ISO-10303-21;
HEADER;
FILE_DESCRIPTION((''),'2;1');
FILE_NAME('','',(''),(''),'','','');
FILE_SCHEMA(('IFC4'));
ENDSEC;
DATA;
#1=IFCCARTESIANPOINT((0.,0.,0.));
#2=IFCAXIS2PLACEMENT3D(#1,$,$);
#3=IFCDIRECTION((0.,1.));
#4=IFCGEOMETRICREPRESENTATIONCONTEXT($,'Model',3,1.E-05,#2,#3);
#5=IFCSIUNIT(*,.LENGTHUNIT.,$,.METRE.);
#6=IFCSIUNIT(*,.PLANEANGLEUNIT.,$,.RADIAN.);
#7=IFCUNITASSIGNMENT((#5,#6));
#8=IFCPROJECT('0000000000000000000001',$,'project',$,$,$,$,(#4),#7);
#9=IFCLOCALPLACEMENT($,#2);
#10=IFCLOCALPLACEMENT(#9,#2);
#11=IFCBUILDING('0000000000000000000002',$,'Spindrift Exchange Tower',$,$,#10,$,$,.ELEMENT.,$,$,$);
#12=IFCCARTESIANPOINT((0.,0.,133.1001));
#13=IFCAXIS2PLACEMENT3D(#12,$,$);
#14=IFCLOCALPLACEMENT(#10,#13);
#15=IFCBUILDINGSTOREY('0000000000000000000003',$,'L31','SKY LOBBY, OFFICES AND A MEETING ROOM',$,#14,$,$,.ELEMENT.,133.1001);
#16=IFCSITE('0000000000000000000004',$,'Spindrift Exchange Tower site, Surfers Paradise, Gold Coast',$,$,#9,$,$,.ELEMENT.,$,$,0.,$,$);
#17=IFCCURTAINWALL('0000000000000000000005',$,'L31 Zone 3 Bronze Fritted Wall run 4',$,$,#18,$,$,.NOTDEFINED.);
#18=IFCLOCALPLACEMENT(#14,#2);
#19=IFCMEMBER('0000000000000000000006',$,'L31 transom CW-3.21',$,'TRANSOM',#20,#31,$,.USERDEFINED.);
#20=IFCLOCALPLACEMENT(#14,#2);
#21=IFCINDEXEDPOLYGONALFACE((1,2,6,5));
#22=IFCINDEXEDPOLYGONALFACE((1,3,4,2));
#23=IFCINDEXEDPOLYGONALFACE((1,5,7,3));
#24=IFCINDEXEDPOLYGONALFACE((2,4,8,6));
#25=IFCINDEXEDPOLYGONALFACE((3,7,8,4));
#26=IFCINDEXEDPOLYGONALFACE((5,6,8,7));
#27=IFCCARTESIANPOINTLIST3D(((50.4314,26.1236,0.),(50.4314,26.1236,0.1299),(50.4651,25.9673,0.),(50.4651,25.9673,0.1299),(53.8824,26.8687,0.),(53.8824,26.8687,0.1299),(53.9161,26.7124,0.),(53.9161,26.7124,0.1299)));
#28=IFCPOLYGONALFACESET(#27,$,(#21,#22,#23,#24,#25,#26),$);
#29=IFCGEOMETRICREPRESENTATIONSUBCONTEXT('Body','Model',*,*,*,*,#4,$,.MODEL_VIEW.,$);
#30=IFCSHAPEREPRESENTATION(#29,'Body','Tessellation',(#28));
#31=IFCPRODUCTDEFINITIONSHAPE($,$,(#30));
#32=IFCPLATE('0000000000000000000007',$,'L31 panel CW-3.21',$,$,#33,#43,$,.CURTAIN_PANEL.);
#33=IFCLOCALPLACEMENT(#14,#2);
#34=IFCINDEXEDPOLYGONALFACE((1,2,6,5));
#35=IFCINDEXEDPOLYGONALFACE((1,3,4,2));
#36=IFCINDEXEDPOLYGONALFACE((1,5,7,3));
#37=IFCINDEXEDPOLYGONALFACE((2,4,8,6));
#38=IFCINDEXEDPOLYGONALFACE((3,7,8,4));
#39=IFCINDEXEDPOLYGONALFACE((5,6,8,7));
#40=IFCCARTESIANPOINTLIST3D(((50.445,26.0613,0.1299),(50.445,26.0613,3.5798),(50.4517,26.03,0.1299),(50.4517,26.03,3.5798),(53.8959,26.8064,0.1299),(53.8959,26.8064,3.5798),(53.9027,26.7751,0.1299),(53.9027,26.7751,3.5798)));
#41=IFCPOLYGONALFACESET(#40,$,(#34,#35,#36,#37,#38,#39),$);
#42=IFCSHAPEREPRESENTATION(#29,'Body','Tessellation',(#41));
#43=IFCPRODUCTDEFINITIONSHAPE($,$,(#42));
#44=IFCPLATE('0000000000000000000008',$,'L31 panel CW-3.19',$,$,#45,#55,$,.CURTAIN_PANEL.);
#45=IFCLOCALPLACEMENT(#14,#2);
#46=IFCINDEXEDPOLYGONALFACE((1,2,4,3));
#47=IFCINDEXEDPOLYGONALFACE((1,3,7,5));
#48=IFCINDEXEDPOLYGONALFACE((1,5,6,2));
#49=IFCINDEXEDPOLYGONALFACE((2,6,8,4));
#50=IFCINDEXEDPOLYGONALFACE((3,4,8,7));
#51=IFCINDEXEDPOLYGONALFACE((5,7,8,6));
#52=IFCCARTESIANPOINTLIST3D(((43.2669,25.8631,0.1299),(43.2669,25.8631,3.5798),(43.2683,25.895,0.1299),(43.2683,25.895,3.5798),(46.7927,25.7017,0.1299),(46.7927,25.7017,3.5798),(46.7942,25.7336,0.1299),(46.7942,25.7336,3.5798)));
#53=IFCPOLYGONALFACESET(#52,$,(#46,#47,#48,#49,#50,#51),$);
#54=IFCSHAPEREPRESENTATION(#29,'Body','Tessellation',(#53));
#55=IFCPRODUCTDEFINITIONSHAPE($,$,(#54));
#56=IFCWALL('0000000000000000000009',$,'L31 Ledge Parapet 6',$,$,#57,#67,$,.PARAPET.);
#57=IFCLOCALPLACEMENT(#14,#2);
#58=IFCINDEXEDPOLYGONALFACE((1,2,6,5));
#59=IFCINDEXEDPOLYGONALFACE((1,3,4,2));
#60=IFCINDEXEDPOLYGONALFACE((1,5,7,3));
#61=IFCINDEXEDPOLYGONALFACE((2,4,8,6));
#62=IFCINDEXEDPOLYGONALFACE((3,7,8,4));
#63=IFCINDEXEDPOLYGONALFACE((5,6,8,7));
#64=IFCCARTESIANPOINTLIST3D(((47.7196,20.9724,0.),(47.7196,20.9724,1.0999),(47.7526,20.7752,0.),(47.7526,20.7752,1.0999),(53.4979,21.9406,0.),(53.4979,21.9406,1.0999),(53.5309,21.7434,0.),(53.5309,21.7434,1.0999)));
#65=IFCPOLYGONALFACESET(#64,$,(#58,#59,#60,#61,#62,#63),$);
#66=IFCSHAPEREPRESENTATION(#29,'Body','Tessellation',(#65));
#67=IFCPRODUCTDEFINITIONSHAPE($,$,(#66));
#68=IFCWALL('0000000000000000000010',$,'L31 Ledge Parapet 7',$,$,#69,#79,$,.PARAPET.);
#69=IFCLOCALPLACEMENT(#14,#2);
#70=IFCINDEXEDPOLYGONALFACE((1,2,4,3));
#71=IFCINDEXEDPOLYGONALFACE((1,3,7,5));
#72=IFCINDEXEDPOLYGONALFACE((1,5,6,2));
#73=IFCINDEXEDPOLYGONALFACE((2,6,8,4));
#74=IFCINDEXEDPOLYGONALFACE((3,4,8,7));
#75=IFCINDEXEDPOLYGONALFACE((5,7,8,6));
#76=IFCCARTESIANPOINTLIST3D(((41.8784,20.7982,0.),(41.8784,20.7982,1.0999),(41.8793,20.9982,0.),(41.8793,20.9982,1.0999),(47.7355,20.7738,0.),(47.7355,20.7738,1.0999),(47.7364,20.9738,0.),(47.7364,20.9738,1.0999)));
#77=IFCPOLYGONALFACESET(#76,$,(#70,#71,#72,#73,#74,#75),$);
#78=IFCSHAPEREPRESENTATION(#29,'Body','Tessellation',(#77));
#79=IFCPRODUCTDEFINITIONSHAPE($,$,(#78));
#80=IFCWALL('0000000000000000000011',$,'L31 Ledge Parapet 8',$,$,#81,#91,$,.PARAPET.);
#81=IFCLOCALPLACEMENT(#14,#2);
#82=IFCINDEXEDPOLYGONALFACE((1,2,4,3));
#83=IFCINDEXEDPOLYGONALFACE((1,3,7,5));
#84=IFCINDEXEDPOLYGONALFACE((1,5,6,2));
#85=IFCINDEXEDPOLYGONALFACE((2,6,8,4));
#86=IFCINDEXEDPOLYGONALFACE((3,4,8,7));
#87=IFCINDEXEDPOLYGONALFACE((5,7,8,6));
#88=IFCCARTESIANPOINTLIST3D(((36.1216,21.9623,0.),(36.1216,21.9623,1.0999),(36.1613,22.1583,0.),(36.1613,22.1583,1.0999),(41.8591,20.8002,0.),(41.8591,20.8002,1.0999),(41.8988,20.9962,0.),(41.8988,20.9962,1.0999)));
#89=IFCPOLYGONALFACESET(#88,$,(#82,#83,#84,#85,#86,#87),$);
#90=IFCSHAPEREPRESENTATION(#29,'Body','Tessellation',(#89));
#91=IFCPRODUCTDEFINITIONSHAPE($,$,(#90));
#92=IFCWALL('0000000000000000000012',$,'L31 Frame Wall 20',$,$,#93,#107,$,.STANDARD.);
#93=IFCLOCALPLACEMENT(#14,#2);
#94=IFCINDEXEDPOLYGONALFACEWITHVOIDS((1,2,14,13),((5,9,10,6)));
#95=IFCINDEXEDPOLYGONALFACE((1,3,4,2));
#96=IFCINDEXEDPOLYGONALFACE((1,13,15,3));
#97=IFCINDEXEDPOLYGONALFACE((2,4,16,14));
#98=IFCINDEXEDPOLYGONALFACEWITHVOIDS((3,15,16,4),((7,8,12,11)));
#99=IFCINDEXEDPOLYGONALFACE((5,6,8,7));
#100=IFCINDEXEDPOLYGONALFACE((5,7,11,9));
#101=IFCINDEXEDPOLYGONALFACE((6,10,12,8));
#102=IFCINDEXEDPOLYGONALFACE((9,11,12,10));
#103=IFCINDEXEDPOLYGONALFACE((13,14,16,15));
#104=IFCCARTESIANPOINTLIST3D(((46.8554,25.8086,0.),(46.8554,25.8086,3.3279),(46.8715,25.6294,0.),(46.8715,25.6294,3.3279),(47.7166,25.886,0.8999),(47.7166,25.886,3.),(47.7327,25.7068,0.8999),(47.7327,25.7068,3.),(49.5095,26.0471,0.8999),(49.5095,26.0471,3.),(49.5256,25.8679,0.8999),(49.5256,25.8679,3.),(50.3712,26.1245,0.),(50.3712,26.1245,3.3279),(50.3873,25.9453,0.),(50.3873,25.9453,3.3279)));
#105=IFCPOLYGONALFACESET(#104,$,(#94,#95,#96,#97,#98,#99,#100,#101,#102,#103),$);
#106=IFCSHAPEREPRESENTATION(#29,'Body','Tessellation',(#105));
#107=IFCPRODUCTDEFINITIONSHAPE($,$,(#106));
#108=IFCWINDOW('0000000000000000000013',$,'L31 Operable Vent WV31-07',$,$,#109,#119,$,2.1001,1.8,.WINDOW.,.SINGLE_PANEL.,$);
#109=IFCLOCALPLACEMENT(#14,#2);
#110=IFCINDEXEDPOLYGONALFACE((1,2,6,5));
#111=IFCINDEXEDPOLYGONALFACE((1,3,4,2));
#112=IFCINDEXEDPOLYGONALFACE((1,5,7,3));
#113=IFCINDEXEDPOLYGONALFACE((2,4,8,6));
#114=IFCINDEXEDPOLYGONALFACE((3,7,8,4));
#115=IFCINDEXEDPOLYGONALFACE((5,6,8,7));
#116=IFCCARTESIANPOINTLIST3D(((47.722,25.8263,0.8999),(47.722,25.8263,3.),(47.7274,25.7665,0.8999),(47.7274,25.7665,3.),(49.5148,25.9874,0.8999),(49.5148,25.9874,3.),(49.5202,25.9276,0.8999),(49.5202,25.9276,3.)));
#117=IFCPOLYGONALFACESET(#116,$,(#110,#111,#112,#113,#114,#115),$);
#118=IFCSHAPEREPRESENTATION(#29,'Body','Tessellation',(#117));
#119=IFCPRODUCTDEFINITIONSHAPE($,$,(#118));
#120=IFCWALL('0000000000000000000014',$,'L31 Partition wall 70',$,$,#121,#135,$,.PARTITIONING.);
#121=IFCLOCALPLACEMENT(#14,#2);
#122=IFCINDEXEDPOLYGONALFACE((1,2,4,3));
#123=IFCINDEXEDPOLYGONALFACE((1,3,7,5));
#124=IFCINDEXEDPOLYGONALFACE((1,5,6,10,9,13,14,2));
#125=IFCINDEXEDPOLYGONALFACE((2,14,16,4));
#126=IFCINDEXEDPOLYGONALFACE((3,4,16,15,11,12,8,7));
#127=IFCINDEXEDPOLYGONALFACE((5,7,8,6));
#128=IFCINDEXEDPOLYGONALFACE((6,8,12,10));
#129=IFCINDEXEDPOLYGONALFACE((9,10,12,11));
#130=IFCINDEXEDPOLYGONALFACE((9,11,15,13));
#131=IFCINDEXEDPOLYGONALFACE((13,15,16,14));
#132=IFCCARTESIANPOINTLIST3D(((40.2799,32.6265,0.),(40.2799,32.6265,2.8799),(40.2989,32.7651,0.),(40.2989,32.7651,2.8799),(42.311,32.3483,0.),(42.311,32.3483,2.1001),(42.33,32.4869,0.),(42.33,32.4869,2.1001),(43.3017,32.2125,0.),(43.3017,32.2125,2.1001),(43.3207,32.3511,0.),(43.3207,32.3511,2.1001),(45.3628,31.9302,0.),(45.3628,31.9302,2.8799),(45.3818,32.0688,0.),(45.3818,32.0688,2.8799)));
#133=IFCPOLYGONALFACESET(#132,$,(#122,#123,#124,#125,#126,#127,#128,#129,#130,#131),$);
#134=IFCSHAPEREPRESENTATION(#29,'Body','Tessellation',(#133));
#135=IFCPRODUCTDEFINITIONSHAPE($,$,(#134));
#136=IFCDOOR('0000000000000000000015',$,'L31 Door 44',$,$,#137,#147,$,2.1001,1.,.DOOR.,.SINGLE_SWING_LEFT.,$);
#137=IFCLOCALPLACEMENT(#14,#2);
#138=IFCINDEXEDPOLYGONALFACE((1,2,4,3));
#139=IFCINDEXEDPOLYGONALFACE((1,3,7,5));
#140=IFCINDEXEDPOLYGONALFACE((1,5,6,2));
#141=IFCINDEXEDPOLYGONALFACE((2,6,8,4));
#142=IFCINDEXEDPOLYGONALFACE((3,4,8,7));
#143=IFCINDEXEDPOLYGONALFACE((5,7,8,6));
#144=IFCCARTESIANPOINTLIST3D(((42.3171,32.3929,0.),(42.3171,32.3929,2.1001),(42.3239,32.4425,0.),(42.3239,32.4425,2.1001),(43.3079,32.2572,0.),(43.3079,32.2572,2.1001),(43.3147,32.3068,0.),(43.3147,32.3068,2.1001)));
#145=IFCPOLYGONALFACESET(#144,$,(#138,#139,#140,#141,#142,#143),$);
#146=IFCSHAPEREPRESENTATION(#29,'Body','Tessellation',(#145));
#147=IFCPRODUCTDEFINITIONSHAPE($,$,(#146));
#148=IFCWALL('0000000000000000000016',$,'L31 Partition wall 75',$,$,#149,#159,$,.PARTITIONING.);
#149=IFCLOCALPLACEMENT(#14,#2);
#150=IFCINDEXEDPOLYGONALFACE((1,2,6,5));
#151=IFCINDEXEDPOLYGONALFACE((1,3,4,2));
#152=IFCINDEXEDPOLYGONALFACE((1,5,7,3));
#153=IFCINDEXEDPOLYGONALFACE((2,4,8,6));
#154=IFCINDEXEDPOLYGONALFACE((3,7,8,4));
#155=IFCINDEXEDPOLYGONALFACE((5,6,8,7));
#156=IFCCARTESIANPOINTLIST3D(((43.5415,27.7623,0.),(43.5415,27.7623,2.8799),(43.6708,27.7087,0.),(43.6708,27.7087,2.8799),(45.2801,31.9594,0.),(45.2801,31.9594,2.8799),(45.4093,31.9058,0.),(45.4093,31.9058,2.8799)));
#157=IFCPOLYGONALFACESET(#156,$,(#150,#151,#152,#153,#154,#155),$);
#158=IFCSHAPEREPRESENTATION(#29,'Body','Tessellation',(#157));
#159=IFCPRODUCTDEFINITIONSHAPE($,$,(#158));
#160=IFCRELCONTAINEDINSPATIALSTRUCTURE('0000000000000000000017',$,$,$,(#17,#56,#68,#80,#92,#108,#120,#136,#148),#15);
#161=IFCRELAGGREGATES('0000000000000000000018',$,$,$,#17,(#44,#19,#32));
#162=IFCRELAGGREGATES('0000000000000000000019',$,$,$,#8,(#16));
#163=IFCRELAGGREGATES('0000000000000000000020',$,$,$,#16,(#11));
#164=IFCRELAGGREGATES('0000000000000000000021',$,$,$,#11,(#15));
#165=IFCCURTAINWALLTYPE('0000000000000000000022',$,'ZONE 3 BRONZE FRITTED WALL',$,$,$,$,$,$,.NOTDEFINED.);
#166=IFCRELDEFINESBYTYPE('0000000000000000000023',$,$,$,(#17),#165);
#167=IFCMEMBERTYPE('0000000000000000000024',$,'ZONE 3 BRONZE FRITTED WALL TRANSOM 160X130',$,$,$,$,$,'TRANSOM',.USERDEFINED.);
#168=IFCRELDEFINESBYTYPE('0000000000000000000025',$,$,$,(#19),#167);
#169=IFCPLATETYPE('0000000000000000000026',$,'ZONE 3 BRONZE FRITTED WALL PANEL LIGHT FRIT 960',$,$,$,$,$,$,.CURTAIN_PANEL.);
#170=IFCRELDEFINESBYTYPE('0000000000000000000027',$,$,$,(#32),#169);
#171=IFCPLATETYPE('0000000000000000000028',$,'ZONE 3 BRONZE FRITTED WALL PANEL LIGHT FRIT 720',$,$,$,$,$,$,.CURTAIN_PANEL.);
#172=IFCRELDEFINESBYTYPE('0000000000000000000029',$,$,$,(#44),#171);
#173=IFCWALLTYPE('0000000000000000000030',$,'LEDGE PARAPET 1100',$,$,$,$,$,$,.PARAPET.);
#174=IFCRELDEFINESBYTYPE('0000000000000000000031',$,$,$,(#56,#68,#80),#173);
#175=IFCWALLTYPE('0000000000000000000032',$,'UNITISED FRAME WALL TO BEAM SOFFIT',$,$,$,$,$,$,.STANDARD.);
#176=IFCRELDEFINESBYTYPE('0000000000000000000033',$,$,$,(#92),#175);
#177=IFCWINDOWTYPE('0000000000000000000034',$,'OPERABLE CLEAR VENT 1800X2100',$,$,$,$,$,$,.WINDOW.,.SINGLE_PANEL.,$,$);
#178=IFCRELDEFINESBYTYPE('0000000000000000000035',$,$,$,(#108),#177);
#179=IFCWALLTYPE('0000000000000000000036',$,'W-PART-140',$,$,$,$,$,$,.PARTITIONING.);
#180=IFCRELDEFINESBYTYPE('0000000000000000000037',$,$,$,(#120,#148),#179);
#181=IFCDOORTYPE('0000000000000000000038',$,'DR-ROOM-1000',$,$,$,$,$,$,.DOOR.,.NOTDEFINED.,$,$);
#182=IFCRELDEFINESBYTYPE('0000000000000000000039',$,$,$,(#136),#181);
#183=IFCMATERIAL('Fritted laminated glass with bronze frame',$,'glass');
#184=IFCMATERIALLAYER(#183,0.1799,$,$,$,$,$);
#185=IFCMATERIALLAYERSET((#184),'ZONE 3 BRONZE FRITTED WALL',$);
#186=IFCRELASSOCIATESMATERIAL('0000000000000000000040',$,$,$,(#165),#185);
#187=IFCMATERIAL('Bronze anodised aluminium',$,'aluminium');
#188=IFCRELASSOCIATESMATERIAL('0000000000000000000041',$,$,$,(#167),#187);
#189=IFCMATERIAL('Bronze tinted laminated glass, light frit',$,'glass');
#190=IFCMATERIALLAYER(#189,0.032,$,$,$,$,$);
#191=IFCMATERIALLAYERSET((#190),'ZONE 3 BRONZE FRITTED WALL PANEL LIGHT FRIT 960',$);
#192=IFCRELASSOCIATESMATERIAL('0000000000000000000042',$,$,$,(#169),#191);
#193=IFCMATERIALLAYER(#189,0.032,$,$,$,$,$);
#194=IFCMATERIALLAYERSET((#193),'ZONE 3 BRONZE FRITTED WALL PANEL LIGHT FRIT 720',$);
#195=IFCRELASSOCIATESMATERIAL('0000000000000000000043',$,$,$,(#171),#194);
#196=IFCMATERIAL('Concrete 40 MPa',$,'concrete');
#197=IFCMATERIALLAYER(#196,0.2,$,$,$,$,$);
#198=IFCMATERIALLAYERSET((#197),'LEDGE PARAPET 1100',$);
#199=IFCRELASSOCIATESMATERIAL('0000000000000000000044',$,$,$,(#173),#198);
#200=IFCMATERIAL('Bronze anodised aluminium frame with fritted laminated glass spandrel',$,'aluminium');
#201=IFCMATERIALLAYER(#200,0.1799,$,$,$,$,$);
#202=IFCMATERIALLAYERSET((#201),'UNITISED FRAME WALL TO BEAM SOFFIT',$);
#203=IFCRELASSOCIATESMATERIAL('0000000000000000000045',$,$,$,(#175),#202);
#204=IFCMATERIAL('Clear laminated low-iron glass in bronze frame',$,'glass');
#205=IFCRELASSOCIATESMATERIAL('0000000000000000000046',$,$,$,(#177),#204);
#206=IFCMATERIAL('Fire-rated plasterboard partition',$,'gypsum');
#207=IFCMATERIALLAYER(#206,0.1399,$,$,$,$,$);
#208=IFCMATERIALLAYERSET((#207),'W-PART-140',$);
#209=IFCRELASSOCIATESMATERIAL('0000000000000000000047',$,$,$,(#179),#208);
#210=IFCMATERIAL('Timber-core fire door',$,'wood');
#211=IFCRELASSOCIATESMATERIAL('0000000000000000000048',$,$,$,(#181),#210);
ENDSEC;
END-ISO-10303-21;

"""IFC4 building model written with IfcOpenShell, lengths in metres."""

from ifc_helpers import new_model, si_unit, direction, frame, frame_2d, origin, origin_2d, place, context, subcontext, project, spatial, rectangle, extrude, source, transform, mapped, material, layer, layer_set, material_profile, profile_set, type_object, element, fill, aggregate, save


model = new_model("IFC4")

# Units and contexts
model_context = context("Model", 3, precision=1e-05, world=origin(), true_north=direction((0.0, 1.0)))
body_context = subcontext(model_context, "Body", "Model", "MODEL_VIEW")
ifc_project = project(units=[si_unit("LENGTHUNIT", "METRE"), si_unit("PLANEANGLEUNIT", "RADIAN")], contexts=[model_context])

# Site, building, storey
site_placement = place(None, origin())
site = spatial("IfcSite", under=ifc_project, at=site_placement, Name="Spindrift Exchange Tower site, Surfers Paradise, Gold Coast", CompositionType="ELEMENT", RefElevation=0.0)
building_placement = place(site_placement, origin())
building = spatial("IfcBuilding", under=site, at=building_placement, Name="Spindrift Exchange Tower", CompositionType="ELEMENT")
storey_placement = place(building_placement, frame((0.0, 0.0, 133.1001)))
storey = spatial("IfcBuildingStorey", under=building, at=storey_placement, Name="L31", Description="SKY LOBBY, OFFICES AND A MEETING ROOM", CompositionType="ELEMENT", Elevation=133.1001)

# Curtain wall, member, plates
ifc_material_1 = material(Name="Fritted laminated glass with bronze frame", Category="glass")
ifc_layer_1 = layer(ifc_material_1, 0.1799)
ifc_layer_set_1 = layer_set([ifc_layer_1], Name="ZONE 3 BRONZE FRITTED WALL")
curtain_wall_type = type_object("IfcCurtainWallType", Name="ZONE 3 BRONZE FRITTED WALL", PredefinedType="NOTDEFINED", material=ifc_layer_set_1)
curtain_wall_placement = place(storey_placement, origin())
curtain_wall = element("IfcCurtainWall", 1, at=curtain_wall_placement, inside=storey, type_object=curtain_wall_type, Name="L31 Zone 3 Bronze Fritted Wall run 4", PredefinedType="NOTDEFINED")
ifc_material_2 = material(Name="Bronze anodised aluminium", Category="aluminium")
ifc_material_profile_1 = material_profile(ifc_material_2, rectangle(XDim=0.1599, YDim=0.1299, at=origin_2d()), Name="ZONE 3 BRONZE FRITTED WALL TRANSOM 160X130")
ifc_profile_set_1 = profile_set([ifc_material_profile_1], Name="Bronze anodised aluminium")
member_type_1 = type_object("IfcMemberType", Name="ZONE 3 BRONZE FRITTED WALL TRANSOM 160X130", ElementType="TRANSOM", PredefinedType="USERDEFINED", material=ifc_profile_set_1)
shared_shape_1 = source(origin(), body_context, "Body", "SweptSolid", [
    extrude(rectangle(XDim=0.1599, YDim=0.1299, at=origin_2d()), origin(), (0.0, 0.0, 1.0), 3.5305),
])
member_1_placement = place(storey_placement, frame((50.4482, 26.0454, 0.0649), z_axis=(0.977474, 0.211054, 0.0), x_axis=(-0.211054, 0.977474, 0.0)))
member_1 = element("IfcMember", 2, at=member_1_placement, type_object=member_type_1, Name="L31 transom CW-3.21", ObjectType="TRANSOM", PredefinedType="USERDEFINED", context=body_context, shape_type="MappedRepresentation", body=[
    mapped(shared_shape_1, transform((0.0, 0.0, 0.0), scale=1.0)),
])
ifc_material_3 = material(Name="Bronze tinted laminated glass, light frit", Category="glass")
ifc_layer_2 = layer(ifc_material_3, 0.032)
ifc_layer_set_2 = layer_set([ifc_layer_2], Name="ZONE 3 BRONZE FRITTED WALL PANEL LIGHT FRIT 960")
plate_type_1 = type_object("IfcPlateType", Name="ZONE 3 BRONZE FRITTED WALL PANEL LIGHT FRIT 960", PredefinedType="CURTAIN_PANEL", material=ifc_layer_set_2)
shared_shape_2 = source(origin(), body_context, "Body", "SweptSolid", [
    extrude(rectangle(XDim=3.5305, YDim=0.032, at=origin_2d()), origin(), (0.0, 0.0, 1.0), 3.45),
])
plate_1_placement = place(storey_placement, frame((52.1738, 26.4182, 0.1299), z_axis=(0.0, 0.0, 1.0), x_axis=(0.977475, 0.211054, 0.0)))
plate_1 = element("IfcPlate", 3, at=plate_1_placement, type_object=plate_type_1, Name="L31 panel CW-3.21", PredefinedType="CURTAIN_PANEL", context=body_context, shape_type="MappedRepresentation", body=[
    mapped(shared_shape_2, transform((0.0, 0.0, 0.0), scale=1.0)),
])
ifc_layer_3 = layer(ifc_material_3, 0.032)
ifc_layer_set_3 = layer_set([ifc_layer_3], Name="ZONE 3 BRONZE FRITTED WALL PANEL LIGHT FRIT 720")
plate_type_2 = type_object("IfcPlateType", Name="ZONE 3 BRONZE FRITTED WALL PANEL LIGHT FRIT 720", PredefinedType="CURTAIN_PANEL", material=ifc_layer_set_3)
shared_shape_3 = source(origin(), body_context, "Body", "SweptSolid", [
    extrude(rectangle(XDim=3.5295, YDim=0.032, at=origin_2d()), origin(), (0.0, 0.0, 1.0), 3.45),
])
plate_2_placement = place(storey_placement, frame((45.0305, 25.7983, 0.1299), z_axis=(0.0, 0.0, 1.0), x_axis=(0.998954, -0.045729, 0.0)))
plate_2 = element("IfcPlate", 4, at=plate_2_placement, type_object=plate_type_2, Name="L31 panel CW-3.19", PredefinedType="CURTAIN_PANEL", context=body_context, shape_type="MappedRepresentation", body=[
    mapped(shared_shape_3, transform((0.0, 0.0, 0.0), scale=1.0)),
])
aggregate(curtain_wall, [plate_2, member_1, plate_1])

# Walls
ifc_material_4 = material(Name="Concrete 40 MPa", Category="concrete")
ifc_layer_4 = layer(ifc_material_4, 0.2)
ifc_layer_set_4 = layer_set([ifc_layer_4], Name="LEDGE PARAPET 1100")
wall_type_1 = type_object("IfcWallType", Name="LEDGE PARAPET 1100", PredefinedType="PARAPET", material=ifc_layer_set_4)
wall_1_placement = place(storey_placement, frame((53.5144, 21.842, 0.0), z_axis=(0.0, 0.0, 1.0), x_axis=(-0.986249, -0.165264, 0.0)))
element("IfcWall", 5, at=wall_1_placement, inside=storey, type_object=wall_type_1, Name="L31 Ledge Parapet 6", PredefinedType="PARAPET", context=body_context, shape_type="SweptSolid", body=[
    extrude(rectangle(XDim=5.8589, YDim=0.2, at=frame_2d((2.9294, 0.0))), origin(), (0.0, 0.0, 1.0), 1.0999),
])
wall_2_placement = place(storey_placement, frame((47.7361, 20.8738, 0.0), z_axis=(0.0, 0.0, 1.0), x_axis=(-0.999991, 0.004168, 0.0)))
element("IfcWall", 6, at=wall_2_placement, inside=storey, type_object=wall_type_1, Name="L31 Ledge Parapet 7", PredefinedType="PARAPET", context=body_context, shape_type="SweptSolid", body=[
    extrude(rectangle(XDim=5.8572, YDim=0.2, at=frame_2d((2.9287, 0.0))), origin(), (0.0, 0.0, 1.0), 1.0999),
])
wall_3_placement = place(storey_placement, frame((41.8789, 20.8982, 0.0), z_axis=(0.0, 0.0, 1.0), x_axis=(-0.980098, 0.198514, 0.0)))
element("IfcWall", 7, at=wall_3_placement, inside=storey, type_object=wall_type_1, Name="L31 Ledge Parapet 8", PredefinedType="PARAPET", context=body_context, shape_type="SweptSolid", body=[
    extrude(rectangle(XDim=5.854, YDim=0.2, at=frame_2d((2.927, 0.0))), origin(), (0.0, 0.0, 1.0), 1.0999),
])

# Wall, opening, window
ifc_material_5 = material(Name="Bronze anodised aluminium frame with fritted laminated glass spandrel", Category="aluminium")
ifc_layer_5 = layer(ifc_material_5, 0.1799)
ifc_layer_set_5 = layer_set([ifc_layer_5], Name="UNITISED FRAME WALL TO BEAM SOFFIT")
wall_type_2 = type_object("IfcWallType", Name="UNITISED FRAME WALL TO BEAM SOFFIT", PredefinedType="STANDARD", material=ifc_layer_set_5)
wall_4_placement = place(storey_placement, frame((46.8633, 25.719, 0.0), z_axis=(0.0, 0.0, 1.0), x_axis=(0.995987, 0.089494, 0.0)))
wall_4 = element("IfcWall", 8, at=wall_4_placement, inside=storey, type_object=wall_type_2, Name="L31 Frame Wall 20", PredefinedType="STANDARD", context=body_context, shape_type="SweptSolid", body=[
    extrude(rectangle(XDim=3.53, YDim=0.1799, at=frame_2d((1.7651, 0.0))), origin(), (0.0, 0.0, 1.0), 3.3279),
])
opening_1_placement = place(wall_4_placement, frame((0.865, 0.0, 0.8999)))
opening_1 = element("IfcOpeningElement", 9, at=opening_1_placement, cuts=wall_4, PredefinedType="OPENING", context=body_context, shape_type="SweptSolid", body=[
    extrude(rectangle(XDim=1.8, YDim=2.1001, at=frame_2d((0.8999, 1.05))), frame((0.0, 0.0999, 0.0), z_axis=(0.0, -1.0, 0.0), x_axis=(1.0, 0.0, 0.0)), (0.0, 0.0, 1.0), 0.2),
])
ifc_material_6 = material(Name="Clear laminated low-iron glass in bronze frame", Category="glass")
window_type = type_object("IfcWindowType", Name="OPERABLE CLEAR VENT 1800X2100", PartitioningType="SINGLE_PANEL", PredefinedType="WINDOW", material=ifc_material_6)
shared_shape_4 = source(origin(), body_context, "Body", "SweptSolid", [
    extrude(rectangle(XDim=1.8, YDim=2.1001, at=frame_2d((0.8999, 1.05))), frame((0.0, 0.03, 0.0), z_axis=(0.0, -1.0, 0.0), x_axis=(1.0, 0.0, 0.0)), (0.0, 0.0, 1.0), 0.0601),
])
window_placement = place(opening_1_placement, origin())
window = element("IfcWindow", 10, at=window_placement, inside=storey, type_object=window_type, Name="L31 Operable Vent WV31-07", OverallHeight=2.1001, OverallWidth=1.8, PartitioningType="SINGLE_PANEL", PredefinedType="WINDOW", context=body_context, shape_type="MappedRepresentation", body=[
    mapped(shared_shape_4, transform((0.0, 0.0, 0.0), scale=1.0)),
])
fill(opening_1, window)

# Wall, opening, door
ifc_material_7 = material(Name="Fire-rated plasterboard partition", Category="gypsum")
ifc_layer_6 = layer(ifc_material_7, 0.1399)
ifc_layer_set_6 = layer_set([ifc_layer_6], Name="W-PART-140")
wall_type_3 = type_object("IfcWallType", Name="W-PART-140", PredefinedType="PARTITIONING", material=ifc_layer_set_6)
wall_5_placement = place(storey_placement, frame((45.3723, 31.9995, 0.0), z_axis=(0.0, 0.0, 1.0), x_axis=(-0.990748, 0.135716, 0.0)))
wall_5 = element("IfcWall", 11, at=wall_5_placement, inside=storey, type_object=wall_type_3, Name="L31 Partition wall 70", PredefinedType="PARTITIONING", context=body_context, shape_type="SweptSolid", body=[
    extrude(rectangle(XDim=5.1304, YDim=0.1399, at=frame_2d((2.5652, 0.0))), origin(), (0.0, 0.0, 1.0), 2.8799),
])
opening_2_placement = place(wall_5_placement, frame((2.0803, 0.0, 0.0)))
opening_2 = element("IfcOpeningElement", 12, at=opening_2_placement, cuts=wall_5, PredefinedType="OPENING", context=body_context, shape_type="SweptSolid", body=[
    extrude(rectangle(XDim=1.0, YDim=2.1001, at=frame_2d((0.5, 1.05))), frame((0.0, 0.0798, 0.0), z_axis=(0.0, -1.0, 0.0), x_axis=(1.0, 0.0, 0.0)), (0.0, 0.0, 1.0), 0.1599),
])
ifc_material_8 = material(Name="Timber-core fire door", Category="wood")
door_type = type_object("IfcDoorType", Name="DR-ROOM-1000", OperationType="NOTDEFINED", PredefinedType="DOOR", material=ifc_material_8)
shared_shape_5 = source(origin(), body_context, "Body", "SweptSolid", [
    extrude(rectangle(XDim=1.0, YDim=2.1001, at=frame_2d((0.5, 1.05))), frame((0.0, 0.0249, 0.0), z_axis=(0.0, -1.0, 0.0), x_axis=(1.0, 0.0, 0.0)), (0.0, 0.0, 1.0), 0.05),
])
door_1_placement = place(opening_2_placement, origin())
door_1 = element("IfcDoor", 13, at=door_1_placement, inside=storey, type_object=door_type, Name="L31 Door 44", OperationType="SINGLE_SWING_LEFT", OverallHeight=2.1001, OverallWidth=1.0, PredefinedType="DOOR", context=body_context, shape_type="MappedRepresentation", body=[
    mapped(shared_shape_5, transform((0.0, 0.0, 0.0), scale=1.0)),
])
fill(opening_2, door_1)

# Wall
wall_6_placement = place(storey_placement, frame((45.3447, 31.9326, 0.0), z_axis=(0.0, 0.0, 1.0), x_axis=(-0.382695, -0.923875, 0.0)))
element("IfcWall", 14, at=wall_6_placement, inside=storey, type_object=wall_type_3, Name="L31 Partition wall 75", PredefinedType="PARTITIONING", context=body_context, shape_type="SweptSolid", body=[
    extrude(rectangle(XDim=4.543, YDim=0.1399, at=frame_2d((2.2715, 0.0))), origin(), (0.0, 0.0, 1.0), 2.8799),
])

save(model, "model.ifc")
